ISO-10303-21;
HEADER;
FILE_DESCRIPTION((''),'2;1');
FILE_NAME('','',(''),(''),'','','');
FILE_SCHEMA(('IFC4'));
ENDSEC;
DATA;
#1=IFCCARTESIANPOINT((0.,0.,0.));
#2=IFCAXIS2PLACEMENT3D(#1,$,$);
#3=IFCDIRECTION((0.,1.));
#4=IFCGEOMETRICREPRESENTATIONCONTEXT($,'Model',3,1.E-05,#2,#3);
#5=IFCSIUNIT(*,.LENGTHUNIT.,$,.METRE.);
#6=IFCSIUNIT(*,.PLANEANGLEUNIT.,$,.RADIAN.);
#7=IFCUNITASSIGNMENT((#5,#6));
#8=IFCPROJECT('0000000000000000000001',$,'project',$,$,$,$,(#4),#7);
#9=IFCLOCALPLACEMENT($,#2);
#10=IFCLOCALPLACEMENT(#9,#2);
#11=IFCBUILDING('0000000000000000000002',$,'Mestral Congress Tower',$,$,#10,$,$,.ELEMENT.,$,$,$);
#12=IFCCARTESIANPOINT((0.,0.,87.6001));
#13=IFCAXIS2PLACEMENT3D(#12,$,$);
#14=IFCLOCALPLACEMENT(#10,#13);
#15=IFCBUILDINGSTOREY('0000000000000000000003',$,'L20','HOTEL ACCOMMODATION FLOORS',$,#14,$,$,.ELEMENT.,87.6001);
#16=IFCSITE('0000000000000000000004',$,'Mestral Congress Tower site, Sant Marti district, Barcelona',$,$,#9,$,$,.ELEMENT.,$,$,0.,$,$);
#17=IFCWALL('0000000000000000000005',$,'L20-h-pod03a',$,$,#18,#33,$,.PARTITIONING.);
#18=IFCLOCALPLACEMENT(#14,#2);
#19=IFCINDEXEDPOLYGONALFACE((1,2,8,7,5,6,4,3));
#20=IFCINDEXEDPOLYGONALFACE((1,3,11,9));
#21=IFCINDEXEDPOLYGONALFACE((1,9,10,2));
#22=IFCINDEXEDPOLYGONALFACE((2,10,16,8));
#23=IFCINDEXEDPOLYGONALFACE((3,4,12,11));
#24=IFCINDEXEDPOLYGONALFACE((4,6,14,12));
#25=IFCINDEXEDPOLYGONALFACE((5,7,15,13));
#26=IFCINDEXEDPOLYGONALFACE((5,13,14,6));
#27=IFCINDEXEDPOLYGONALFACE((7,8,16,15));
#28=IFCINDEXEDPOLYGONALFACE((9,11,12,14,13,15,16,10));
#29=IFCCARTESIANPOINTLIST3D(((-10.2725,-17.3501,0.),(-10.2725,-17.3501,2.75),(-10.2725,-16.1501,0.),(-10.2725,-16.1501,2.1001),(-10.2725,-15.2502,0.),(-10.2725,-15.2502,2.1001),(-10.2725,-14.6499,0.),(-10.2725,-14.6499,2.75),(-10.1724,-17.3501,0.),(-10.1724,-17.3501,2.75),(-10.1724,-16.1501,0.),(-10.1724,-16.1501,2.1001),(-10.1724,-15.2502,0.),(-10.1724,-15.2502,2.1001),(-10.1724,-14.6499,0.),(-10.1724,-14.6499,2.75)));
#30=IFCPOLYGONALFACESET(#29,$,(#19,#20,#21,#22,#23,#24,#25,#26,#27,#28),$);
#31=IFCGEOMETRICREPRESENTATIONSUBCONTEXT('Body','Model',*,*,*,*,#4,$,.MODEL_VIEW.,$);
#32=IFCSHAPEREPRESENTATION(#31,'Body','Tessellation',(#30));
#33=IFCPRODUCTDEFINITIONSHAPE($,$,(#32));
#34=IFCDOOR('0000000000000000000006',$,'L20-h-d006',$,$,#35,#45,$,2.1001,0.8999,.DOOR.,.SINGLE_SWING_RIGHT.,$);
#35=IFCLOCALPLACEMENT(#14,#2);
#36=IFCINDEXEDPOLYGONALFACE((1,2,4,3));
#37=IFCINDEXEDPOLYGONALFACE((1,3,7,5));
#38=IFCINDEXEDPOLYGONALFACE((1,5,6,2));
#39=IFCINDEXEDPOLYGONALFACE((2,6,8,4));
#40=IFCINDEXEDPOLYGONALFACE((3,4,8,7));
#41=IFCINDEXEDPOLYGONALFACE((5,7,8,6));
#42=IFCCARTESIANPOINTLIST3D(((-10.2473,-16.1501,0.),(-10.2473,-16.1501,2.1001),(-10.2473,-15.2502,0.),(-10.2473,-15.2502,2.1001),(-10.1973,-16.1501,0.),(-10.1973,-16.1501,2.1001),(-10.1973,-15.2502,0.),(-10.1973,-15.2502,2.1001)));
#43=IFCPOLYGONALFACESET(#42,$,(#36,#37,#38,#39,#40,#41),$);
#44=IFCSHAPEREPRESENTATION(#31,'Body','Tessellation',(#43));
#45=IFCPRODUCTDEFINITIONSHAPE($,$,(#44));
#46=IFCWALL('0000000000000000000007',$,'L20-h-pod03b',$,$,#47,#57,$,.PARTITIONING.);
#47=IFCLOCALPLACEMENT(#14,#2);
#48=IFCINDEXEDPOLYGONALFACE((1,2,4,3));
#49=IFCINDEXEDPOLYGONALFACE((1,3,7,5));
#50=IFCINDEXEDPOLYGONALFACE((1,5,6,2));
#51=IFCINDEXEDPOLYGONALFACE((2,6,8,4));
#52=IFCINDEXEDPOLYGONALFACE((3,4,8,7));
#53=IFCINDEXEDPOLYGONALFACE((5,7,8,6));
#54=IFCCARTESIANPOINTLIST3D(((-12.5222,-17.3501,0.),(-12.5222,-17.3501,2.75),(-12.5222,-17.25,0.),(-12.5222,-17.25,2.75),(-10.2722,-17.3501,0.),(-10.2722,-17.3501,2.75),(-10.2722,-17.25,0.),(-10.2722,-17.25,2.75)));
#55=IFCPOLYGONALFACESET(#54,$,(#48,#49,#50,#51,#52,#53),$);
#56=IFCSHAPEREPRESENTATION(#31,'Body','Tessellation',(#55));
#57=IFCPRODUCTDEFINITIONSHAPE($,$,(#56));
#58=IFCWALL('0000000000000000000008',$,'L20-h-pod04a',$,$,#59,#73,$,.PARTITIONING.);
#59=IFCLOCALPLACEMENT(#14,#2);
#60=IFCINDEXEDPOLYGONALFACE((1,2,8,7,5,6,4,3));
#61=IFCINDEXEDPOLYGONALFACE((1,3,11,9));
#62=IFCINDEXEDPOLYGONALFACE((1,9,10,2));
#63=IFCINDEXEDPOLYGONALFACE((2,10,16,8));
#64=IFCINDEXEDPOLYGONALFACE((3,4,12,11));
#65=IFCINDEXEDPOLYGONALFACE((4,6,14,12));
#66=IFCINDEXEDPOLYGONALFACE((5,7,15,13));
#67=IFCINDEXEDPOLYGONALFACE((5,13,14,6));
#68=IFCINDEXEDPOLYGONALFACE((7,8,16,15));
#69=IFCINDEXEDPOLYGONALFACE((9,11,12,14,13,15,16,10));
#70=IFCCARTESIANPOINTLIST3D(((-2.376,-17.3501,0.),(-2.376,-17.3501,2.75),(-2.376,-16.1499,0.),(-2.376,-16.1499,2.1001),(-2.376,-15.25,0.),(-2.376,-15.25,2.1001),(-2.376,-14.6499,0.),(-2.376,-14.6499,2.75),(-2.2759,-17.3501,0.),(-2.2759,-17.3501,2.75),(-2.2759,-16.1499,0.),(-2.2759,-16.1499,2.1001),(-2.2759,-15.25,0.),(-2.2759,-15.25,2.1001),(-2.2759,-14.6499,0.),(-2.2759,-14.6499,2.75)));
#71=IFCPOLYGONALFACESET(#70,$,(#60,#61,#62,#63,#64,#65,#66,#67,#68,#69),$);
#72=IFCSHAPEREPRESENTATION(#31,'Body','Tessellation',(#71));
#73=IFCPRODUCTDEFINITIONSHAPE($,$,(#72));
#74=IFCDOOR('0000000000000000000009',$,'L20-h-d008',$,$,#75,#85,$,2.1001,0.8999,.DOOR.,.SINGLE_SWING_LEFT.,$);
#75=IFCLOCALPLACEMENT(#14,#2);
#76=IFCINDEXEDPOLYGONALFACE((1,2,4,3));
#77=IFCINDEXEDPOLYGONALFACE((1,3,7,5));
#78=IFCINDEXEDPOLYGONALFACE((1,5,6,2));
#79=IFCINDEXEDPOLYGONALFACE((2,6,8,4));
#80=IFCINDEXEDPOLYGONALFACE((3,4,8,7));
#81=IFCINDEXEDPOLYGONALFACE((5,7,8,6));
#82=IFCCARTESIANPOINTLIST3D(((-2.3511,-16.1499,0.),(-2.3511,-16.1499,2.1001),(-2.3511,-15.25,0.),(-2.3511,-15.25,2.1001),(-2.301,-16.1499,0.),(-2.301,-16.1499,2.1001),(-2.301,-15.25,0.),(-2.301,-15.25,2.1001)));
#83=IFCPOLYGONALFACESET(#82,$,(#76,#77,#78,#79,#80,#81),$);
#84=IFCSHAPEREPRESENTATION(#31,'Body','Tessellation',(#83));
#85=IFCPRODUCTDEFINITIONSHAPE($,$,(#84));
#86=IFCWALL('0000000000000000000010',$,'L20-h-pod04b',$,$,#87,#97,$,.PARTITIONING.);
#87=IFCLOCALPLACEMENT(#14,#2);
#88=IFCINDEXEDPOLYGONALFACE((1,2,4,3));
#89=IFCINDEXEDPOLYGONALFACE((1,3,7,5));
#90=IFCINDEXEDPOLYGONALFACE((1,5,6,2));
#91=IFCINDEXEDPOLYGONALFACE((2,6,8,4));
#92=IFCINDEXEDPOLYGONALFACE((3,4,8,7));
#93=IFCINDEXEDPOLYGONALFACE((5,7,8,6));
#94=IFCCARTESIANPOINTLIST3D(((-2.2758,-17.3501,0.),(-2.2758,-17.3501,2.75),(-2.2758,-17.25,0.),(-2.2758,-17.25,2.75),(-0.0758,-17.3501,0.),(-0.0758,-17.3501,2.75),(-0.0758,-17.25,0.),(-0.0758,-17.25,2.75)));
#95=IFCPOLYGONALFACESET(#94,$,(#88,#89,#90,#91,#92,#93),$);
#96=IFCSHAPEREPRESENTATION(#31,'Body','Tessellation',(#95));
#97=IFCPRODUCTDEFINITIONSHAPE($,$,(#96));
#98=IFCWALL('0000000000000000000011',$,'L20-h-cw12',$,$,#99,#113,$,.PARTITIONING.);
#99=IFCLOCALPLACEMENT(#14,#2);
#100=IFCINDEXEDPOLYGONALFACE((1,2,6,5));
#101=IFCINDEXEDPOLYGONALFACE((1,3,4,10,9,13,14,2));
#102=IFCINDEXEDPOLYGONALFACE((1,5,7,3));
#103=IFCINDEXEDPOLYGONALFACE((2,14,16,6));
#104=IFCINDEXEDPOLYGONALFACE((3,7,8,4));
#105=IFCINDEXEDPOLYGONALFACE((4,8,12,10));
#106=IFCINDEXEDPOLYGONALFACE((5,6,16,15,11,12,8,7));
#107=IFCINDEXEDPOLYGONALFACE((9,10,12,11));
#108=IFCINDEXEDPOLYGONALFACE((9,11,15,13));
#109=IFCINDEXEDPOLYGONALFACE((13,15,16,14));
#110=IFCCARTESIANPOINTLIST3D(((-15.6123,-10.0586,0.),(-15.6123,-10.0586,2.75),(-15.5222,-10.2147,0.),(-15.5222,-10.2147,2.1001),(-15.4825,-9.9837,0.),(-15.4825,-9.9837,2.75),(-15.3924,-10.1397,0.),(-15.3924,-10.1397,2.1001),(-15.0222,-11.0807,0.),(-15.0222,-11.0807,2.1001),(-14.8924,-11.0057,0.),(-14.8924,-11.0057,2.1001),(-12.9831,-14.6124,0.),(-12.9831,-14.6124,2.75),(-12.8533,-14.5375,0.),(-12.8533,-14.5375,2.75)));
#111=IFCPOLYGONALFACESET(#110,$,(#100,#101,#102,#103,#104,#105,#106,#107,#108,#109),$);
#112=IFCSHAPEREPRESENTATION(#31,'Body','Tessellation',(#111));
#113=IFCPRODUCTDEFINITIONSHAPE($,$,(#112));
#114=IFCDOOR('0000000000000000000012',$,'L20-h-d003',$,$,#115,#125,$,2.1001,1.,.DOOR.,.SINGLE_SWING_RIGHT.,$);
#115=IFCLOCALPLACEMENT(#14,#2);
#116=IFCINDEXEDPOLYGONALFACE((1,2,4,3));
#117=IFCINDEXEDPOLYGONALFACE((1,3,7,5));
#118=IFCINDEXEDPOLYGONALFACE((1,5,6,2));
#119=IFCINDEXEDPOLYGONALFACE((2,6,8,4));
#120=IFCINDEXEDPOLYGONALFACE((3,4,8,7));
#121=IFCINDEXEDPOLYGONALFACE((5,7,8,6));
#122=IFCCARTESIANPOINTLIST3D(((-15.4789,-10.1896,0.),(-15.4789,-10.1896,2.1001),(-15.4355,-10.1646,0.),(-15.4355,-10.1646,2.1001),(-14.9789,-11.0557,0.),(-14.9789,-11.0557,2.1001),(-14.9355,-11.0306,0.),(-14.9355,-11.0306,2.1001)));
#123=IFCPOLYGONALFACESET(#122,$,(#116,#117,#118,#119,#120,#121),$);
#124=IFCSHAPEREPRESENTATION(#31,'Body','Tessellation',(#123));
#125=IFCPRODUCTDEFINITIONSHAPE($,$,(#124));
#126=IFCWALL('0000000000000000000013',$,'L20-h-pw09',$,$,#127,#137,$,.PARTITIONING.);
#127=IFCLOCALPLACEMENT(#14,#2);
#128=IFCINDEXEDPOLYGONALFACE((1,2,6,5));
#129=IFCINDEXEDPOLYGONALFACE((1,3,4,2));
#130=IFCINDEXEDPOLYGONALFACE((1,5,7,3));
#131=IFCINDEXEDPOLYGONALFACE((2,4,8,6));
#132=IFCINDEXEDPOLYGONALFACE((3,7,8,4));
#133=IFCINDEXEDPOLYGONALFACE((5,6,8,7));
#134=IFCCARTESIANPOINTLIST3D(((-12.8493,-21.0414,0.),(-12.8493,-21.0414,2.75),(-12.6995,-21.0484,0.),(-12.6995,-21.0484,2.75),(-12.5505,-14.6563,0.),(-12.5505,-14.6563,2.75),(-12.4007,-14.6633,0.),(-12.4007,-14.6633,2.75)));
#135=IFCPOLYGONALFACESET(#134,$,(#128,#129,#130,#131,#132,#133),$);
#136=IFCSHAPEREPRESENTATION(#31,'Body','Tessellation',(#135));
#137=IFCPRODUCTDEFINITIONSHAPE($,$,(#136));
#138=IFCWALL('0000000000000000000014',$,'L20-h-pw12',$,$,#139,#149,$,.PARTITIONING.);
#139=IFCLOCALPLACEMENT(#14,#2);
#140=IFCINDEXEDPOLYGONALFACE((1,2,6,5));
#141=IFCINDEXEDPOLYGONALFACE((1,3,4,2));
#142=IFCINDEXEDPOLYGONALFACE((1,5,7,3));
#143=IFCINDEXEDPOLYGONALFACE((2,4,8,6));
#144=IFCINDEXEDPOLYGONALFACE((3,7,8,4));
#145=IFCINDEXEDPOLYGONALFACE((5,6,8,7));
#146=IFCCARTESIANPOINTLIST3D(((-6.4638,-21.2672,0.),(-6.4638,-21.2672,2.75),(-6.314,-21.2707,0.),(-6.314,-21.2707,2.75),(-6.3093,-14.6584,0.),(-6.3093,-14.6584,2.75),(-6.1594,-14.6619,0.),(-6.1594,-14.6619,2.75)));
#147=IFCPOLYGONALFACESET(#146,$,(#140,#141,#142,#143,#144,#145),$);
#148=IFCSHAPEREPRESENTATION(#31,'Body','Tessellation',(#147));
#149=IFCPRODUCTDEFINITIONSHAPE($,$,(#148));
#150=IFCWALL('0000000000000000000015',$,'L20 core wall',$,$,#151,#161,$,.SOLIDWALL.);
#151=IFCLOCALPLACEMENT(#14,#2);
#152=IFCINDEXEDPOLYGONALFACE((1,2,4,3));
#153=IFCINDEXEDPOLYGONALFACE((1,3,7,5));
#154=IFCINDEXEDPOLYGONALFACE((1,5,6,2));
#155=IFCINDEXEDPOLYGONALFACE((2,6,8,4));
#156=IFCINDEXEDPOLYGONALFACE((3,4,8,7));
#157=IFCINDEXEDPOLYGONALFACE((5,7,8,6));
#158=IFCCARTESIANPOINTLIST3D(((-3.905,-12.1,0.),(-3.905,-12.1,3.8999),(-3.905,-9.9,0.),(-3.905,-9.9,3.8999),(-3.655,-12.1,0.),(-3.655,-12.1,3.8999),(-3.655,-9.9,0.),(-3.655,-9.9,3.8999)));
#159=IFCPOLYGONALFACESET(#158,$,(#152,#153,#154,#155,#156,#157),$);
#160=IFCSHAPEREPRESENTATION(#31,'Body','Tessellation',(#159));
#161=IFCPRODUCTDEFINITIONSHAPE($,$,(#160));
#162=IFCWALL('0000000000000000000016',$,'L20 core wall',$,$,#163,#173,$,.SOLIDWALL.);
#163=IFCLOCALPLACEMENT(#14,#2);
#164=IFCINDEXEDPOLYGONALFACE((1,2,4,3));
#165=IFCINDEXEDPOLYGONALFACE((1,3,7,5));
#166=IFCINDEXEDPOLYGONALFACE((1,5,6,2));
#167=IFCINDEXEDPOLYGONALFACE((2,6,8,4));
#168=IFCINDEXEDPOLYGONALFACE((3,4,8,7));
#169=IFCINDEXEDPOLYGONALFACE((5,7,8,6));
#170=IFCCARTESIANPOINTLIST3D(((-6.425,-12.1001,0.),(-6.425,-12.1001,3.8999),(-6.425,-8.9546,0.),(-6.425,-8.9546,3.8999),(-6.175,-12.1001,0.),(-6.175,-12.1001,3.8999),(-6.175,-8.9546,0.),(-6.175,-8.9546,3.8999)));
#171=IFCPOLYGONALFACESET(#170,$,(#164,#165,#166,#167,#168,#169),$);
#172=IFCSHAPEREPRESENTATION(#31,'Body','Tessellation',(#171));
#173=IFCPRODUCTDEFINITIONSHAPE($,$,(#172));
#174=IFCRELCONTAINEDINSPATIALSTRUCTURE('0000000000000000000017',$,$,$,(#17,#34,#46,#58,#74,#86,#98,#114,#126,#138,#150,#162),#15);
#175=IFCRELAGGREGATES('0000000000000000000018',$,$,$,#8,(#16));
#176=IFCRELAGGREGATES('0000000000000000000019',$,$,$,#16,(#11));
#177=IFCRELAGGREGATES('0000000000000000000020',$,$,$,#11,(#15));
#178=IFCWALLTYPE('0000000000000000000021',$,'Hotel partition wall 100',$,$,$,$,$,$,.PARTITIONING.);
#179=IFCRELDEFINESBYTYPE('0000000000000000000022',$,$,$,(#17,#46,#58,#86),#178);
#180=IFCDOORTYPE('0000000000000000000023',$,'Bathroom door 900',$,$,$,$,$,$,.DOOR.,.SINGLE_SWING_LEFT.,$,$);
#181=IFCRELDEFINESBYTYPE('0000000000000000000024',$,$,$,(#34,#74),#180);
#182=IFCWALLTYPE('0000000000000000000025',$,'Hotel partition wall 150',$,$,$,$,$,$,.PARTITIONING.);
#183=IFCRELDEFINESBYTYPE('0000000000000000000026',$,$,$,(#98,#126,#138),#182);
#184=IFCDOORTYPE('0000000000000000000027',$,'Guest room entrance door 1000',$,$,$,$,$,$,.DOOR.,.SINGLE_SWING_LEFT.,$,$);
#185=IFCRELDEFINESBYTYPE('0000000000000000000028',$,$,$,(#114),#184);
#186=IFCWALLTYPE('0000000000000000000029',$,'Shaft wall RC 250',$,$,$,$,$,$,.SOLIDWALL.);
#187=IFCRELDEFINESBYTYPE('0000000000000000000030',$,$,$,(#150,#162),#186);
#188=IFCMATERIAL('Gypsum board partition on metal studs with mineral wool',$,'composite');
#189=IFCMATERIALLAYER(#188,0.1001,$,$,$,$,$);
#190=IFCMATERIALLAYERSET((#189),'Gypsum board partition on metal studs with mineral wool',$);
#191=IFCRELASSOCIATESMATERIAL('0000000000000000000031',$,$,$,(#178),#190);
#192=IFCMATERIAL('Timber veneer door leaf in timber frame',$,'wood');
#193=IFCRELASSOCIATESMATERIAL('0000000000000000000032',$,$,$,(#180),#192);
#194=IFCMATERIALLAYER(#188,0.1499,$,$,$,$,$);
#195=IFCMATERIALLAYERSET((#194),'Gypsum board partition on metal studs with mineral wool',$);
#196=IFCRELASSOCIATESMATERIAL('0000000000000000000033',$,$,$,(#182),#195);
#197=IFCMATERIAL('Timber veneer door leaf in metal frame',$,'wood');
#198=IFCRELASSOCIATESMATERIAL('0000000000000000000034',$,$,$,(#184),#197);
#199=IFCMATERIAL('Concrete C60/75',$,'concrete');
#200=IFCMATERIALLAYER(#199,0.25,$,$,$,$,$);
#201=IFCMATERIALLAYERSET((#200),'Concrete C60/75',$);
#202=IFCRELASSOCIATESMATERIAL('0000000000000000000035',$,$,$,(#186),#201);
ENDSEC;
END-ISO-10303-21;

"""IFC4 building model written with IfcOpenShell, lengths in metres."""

from ifc_helpers import new_model, si_unit, direction, frame, frame_2d, origin, place, context, subcontext, project, spatial, rectangle, extrude, material, layer, layer_set, type_object, element, fill, save


model = new_model("IFC4")

# Units and contexts
model_context = context("Model", 3, precision=1e-05, world=origin(), true_north=direction((0.0, 1.0)))
body_context = subcontext(model_context, "Body", "Model", "MODEL_VIEW")
ifc_project = project(units=[si_unit("LENGTHUNIT", "METRE"), si_unit("PLANEANGLEUNIT", "RADIAN")], contexts=[model_context])

# Site, building, storey
site_placement = place(None, origin())
site = spatial("IfcSite", under=ifc_project, at=site_placement, Name="Mestral Congress Tower site, Sant Marti district, Barcelona", CompositionType="ELEMENT", RefElevation=0.0)
building_placement = place(site_placement, origin())
building = spatial("IfcBuilding", under=site, at=building_placement, Name="Mestral Congress Tower", CompositionType="ELEMENT")
storey_placement = place(building_placement, frame((0.0, 0.0, 87.6001)))
storey = spatial("IfcBuildingStorey", under=building, at=storey_placement, Name="L20", Description="HOTEL ACCOMMODATION FLOORS", CompositionType="ELEMENT", Elevation=87.6001)

# Shared definitions
ifc_material_1 = material(Name="Concrete C60/75", Category="concrete")

# Shared definitions
ifc_material_2 = material(Name="Gypsum board partition on metal studs with mineral wool", Category="composite")
ifc_layer_1 = layer(ifc_material_2, 0.1001)
ifc_layer_set_1 = layer_set([ifc_layer_1], Name="Gypsum board partition on metal studs with mineral wool")
wall_type_1 = type_object("IfcWallType", Name="Hotel partition wall 100", PredefinedType="PARTITIONING", material=ifc_layer_set_1)
ifc_material_3 = material(Name="Timber veneer door leaf in timber frame", Category="wood")
door_type_1 = type_object("IfcDoorType", Name="Bathroom door 900", OperationType="SINGLE_SWING_LEFT", PredefinedType="DOOR", material=ifc_material_3)

# Wall, opening, door
wall_1_placement = place(storey_placement, frame((-10.2224, -17.3501, 0.0), z_axis=(0.0, 0.0, 1.0), x_axis=(0.0, 1.0, 0.0)))
wall_1 = element("IfcWall", 1, at=wall_1_placement, inside=storey, type_object=wall_type_1, Name="L20-h-pod03a", PredefinedType="PARTITIONING", context=body_context, shape_type="SweptSolid", body=[
    extrude(rectangle(XDim=2.7002, YDim=0.1001, at=frame_2d((1.3501, 0.0))), origin(), (0.0, 0.0, 1.0), 2.75),
])
opening_1_placement = place(wall_1_placement, frame((1.2, 0.0, 0.0)))
opening_1 = element("IfcOpeningElement", 2, at=opening_1_placement, cuts=wall_1, PredefinedType="OPENING", context=body_context, shape_type="SweptSolid", body=[
    extrude(rectangle(XDim=0.8999, YDim=2.1001, at=frame_2d((0.45, 1.05))), frame((0.0, 0.0601, 0.0), z_axis=(0.0, -1.0, 0.0), x_axis=(1.0, 0.0, 0.0)), (0.0, 0.0, 1.0), 0.1201),
])
door_1_placement = place(opening_1_placement, origin())
door_1 = element("IfcDoor", 3, at=door_1_placement, inside=storey, type_object=door_type_1, Name="L20-h-d006", OperationType="SINGLE_SWING_RIGHT", OverallHeight=2.1001, OverallWidth=0.8999, PredefinedType="DOOR", context=body_context, shape_type="SweptSolid", body=[
    extrude(rectangle(XDim=0.8999, YDim=2.1001, at=frame_2d((0.45, 1.05))), frame((0.0, 0.0249, 0.0), z_axis=(0.0, -1.0, 0.0), x_axis=(1.0, 0.0, 0.0)), (0.0, 0.0, 1.0), 0.05),
])
fill(opening_1, door_1)

# Wall
wall_2_placement = place(storey_placement, frame((-10.2722, -17.3, 0.0), z_axis=(0.0, 0.0, 1.0), x_axis=(-1.0, 0.0, 0.0)))
element("IfcWall", 4, at=wall_2_placement, inside=storey, type_object=wall_type_1, Name="L20-h-pod03b", PredefinedType="PARTITIONING", context=body_context, shape_type="SweptSolid", body=[
    extrude(rectangle(XDim=2.25, YDim=0.1001, at=frame_2d((1.125, 0.0))), origin(), (0.0, 0.0, 1.0), 2.75),
])

# Wall, opening, door
wall_3_placement = place(storey_placement, frame((-2.3259, -14.6499, 0.0), z_axis=(0.0, 0.0, 1.0), x_axis=(0.0, -1.0, 0.0)))
wall_3 = element("IfcWall", 5, at=wall_3_placement, inside=storey, type_object=wall_type_1, Name="L20-h-pod04a", PredefinedType="PARTITIONING", context=body_context, shape_type="SweptSolid", body=[
    extrude(rectangle(XDim=2.7002, YDim=0.1001, at=frame_2d((1.3501, 0.0))), origin(), (0.0, 0.0, 1.0), 2.75),
])
opening_2_placement = place(wall_3_placement, frame((0.6001, 0.0, 0.0)))
opening_2 = element("IfcOpeningElement", 6, at=opening_2_placement, cuts=wall_3, PredefinedType="OPENING", context=body_context, shape_type="SweptSolid", body=[
    extrude(rectangle(XDim=0.8999, YDim=2.1001, at=frame_2d((0.45, 1.05))), frame((0.0, 0.0601, 0.0), z_axis=(0.0, -1.0, 0.0), x_axis=(1.0, 0.0, 0.0)), (0.0, 0.0, 1.0), 0.1201),
])
door_2_placement = place(opening_2_placement, origin())
door_2 = element("IfcDoor", 7, at=door_2_placement, inside=storey, type_object=door_type_1, Name="L20-h-d008", OperationType="SINGLE_SWING_LEFT", OverallHeight=2.1001, OverallWidth=0.8999, PredefinedType="DOOR", context=body_context, shape_type="SweptSolid", body=[
    extrude(rectangle(XDim=0.8999, YDim=2.1001, at=frame_2d((0.45, 1.05))), frame((0.0, 0.0249, 0.0), z_axis=(0.0, -1.0, 0.0), x_axis=(1.0, 0.0, 0.0)), (0.0, 0.0, 1.0), 0.05),
])
fill(opening_2, door_2)

# Wall
wall_4_placement = place(storey_placement, frame((-2.2759, -17.3, 0.0), z_axis=(0.0, 0.0, 1.0), x_axis=(1.0, 0.0, 0.0)))
element("IfcWall", 8, at=wall_4_placement, inside=storey, type_object=wall_type_1, Name="L20-h-pod04b", PredefinedType="PARTITIONING", context=body_context, shape_type="SweptSolid", body=[
    extrude(rectangle(XDim=2.2, YDim=0.1001, at=frame_2d((1.1001, 0.0))), origin(), (0.0, 0.0, 1.0), 2.75),
])

# Wall, opening, door
ifc_layer_2 = layer(ifc_material_2, 0.1499)
ifc_layer_set_2 = layer_set([ifc_layer_2], Name="Gypsum board partition on metal studs with mineral wool")
wall_type_2 = type_object("IfcWallType", Name="Hotel partition wall 150", PredefinedType="PARTITIONING", material=ifc_layer_set_2)
wall_5_placement = place(storey_placement, frame((-12.9182, -14.575, 0.0), z_axis=(0.0, 0.0, 1.0), x_axis=(-0.500009, 0.86602, 0.0)))
wall_5 = element("IfcWall", 9, at=wall_5_placement, inside=storey, type_object=wall_type_2, Name="L20-h-cw12", PredefinedType="PARTITIONING", context=body_context, shape_type="SweptSolid", body=[
    extrude(rectangle(XDim=5.2583, YDim=0.1499, at=frame_2d((2.6292, 0.0))), origin(), (0.0, 0.0, 1.0), 2.75),
])
opening_3_placement = place(wall_5_placement, frame((4.0781, 0.0, 0.0)))
opening_3 = element("IfcOpeningElement", 10, at=opening_3_placement, cuts=wall_5, PredefinedType="OPENING", context=body_context, shape_type="SweptSolid", body=[
    extrude(rectangle(XDim=1.0, YDim=2.1001, at=frame_2d((0.5, 1.05))), frame((0.0, 0.085, 0.0), z_axis=(0.0, -1.0, 0.0), x_axis=(1.0, 0.0, 0.0)), (0.0, 0.0, 1.0), 0.1699),
])
ifc_material_4 = material(Name="Timber veneer door leaf in metal frame", Category="wood")
door_type_2 = type_object("IfcDoorType", Name="Guest room entrance door 1000", OperationType="SINGLE_SWING_LEFT", PredefinedType="DOOR", material=ifc_material_4)
door_3_placement = place(opening_3_placement, origin())
door_3 = element("IfcDoor", 11, at=door_3_placement, inside=storey, type_object=door_type_2, Name="L20-h-d003", OperationType="SINGLE_SWING_RIGHT", OverallHeight=2.1001, OverallWidth=1.0, PredefinedType="DOOR", context=body_context, shape_type="SweptSolid", body=[
    extrude(rectangle(XDim=1.0, YDim=2.1001, at=frame_2d((0.5, 1.05))), frame((0.0, 0.0249, 0.0), z_axis=(0.0, -1.0, 0.0), x_axis=(1.0, 0.0, 0.0)), (0.0, 0.0, 1.0), 0.05),
])
fill(opening_3, door_3)

# Walls
wall_6_placement = place(storey_placement, frame((-12.7744, -21.0449, 0.0), z_axis=(0.0, 0.0, 1.0), x_axis=(0.04675, 0.998907, 0.0)))
element("IfcWall", 12, at=wall_6_placement, inside=storey, type_object=wall_type_2, Name="L20-h-pw09", PredefinedType="PARTITIONING", context=body_context, shape_type="SweptSolid", body=[
    extrude(rectangle(XDim=6.3921, YDim=0.1499, at=frame_2d((3.196, 0.0))), origin(), (0.0, 0.0, 1.0), 2.75),
])
wall_7_placement = place(storey_placement, frame((-6.3889, -21.2688, 0.0), z_axis=(0.0, 0.0, 1.0), x_axis=(0.023377, 0.999727, 0.0)))
element("IfcWall", 13, at=wall_7_placement, inside=storey, type_object=wall_type_2, Name="L20-h-pw12", PredefinedType="PARTITIONING", context=body_context, shape_type="SweptSolid", body=[
    extrude(rectangle(XDim=6.6106, YDim=0.1499, at=frame_2d((3.3052, 0.0))), origin(), (0.0, 0.0, 1.0), 2.75),
])
ifc_layer_3 = layer(ifc_material_1, 0.25)
ifc_layer_set_3 = layer_set([ifc_layer_3], Name="Concrete C60/75")
wall_type_3 = type_object("IfcWallType", Name="Shaft wall RC 250", PredefinedType="SOLIDWALL", material=ifc_layer_set_3)
wall_8_placement = place(storey_placement, frame((-3.78, -12.1001, 0.0), z_axis=(0.0, 0.0, 1.0), x_axis=(0.0, 1.0, 0.0)))
element("IfcWall", 14, at=wall_8_placement, inside=storey, type_object=wall_type_3, Name="L20 core wall", PredefinedType="SOLIDWALL", context=body_context, shape_type="SweptSolid", body=[
    extrude(rectangle(XDim=2.2, YDim=0.25, at=frame_2d((1.1001, 0.0))), origin(), (0.0, 0.0, 1.0), 3.8999),
])
wall_9_placement = place(storey_placement, frame((-6.3, -12.1001, 0.0), z_axis=(0.0, 0.0, 1.0), x_axis=(0.0, 1.0, 0.0)))
element("IfcWall", 15, at=wall_9_placement, inside=storey, type_object=wall_type_3, Name="L20 core wall", PredefinedType="SOLIDWALL", context=body_context, shape_type="SweptSolid", body=[
    extrude(rectangle(XDim=3.1455, YDim=0.25, at=frame_2d((1.5728, 0.0))), origin(), (0.0, 0.0, 1.0), 3.8999),
])

save(model, "model.ifc")
